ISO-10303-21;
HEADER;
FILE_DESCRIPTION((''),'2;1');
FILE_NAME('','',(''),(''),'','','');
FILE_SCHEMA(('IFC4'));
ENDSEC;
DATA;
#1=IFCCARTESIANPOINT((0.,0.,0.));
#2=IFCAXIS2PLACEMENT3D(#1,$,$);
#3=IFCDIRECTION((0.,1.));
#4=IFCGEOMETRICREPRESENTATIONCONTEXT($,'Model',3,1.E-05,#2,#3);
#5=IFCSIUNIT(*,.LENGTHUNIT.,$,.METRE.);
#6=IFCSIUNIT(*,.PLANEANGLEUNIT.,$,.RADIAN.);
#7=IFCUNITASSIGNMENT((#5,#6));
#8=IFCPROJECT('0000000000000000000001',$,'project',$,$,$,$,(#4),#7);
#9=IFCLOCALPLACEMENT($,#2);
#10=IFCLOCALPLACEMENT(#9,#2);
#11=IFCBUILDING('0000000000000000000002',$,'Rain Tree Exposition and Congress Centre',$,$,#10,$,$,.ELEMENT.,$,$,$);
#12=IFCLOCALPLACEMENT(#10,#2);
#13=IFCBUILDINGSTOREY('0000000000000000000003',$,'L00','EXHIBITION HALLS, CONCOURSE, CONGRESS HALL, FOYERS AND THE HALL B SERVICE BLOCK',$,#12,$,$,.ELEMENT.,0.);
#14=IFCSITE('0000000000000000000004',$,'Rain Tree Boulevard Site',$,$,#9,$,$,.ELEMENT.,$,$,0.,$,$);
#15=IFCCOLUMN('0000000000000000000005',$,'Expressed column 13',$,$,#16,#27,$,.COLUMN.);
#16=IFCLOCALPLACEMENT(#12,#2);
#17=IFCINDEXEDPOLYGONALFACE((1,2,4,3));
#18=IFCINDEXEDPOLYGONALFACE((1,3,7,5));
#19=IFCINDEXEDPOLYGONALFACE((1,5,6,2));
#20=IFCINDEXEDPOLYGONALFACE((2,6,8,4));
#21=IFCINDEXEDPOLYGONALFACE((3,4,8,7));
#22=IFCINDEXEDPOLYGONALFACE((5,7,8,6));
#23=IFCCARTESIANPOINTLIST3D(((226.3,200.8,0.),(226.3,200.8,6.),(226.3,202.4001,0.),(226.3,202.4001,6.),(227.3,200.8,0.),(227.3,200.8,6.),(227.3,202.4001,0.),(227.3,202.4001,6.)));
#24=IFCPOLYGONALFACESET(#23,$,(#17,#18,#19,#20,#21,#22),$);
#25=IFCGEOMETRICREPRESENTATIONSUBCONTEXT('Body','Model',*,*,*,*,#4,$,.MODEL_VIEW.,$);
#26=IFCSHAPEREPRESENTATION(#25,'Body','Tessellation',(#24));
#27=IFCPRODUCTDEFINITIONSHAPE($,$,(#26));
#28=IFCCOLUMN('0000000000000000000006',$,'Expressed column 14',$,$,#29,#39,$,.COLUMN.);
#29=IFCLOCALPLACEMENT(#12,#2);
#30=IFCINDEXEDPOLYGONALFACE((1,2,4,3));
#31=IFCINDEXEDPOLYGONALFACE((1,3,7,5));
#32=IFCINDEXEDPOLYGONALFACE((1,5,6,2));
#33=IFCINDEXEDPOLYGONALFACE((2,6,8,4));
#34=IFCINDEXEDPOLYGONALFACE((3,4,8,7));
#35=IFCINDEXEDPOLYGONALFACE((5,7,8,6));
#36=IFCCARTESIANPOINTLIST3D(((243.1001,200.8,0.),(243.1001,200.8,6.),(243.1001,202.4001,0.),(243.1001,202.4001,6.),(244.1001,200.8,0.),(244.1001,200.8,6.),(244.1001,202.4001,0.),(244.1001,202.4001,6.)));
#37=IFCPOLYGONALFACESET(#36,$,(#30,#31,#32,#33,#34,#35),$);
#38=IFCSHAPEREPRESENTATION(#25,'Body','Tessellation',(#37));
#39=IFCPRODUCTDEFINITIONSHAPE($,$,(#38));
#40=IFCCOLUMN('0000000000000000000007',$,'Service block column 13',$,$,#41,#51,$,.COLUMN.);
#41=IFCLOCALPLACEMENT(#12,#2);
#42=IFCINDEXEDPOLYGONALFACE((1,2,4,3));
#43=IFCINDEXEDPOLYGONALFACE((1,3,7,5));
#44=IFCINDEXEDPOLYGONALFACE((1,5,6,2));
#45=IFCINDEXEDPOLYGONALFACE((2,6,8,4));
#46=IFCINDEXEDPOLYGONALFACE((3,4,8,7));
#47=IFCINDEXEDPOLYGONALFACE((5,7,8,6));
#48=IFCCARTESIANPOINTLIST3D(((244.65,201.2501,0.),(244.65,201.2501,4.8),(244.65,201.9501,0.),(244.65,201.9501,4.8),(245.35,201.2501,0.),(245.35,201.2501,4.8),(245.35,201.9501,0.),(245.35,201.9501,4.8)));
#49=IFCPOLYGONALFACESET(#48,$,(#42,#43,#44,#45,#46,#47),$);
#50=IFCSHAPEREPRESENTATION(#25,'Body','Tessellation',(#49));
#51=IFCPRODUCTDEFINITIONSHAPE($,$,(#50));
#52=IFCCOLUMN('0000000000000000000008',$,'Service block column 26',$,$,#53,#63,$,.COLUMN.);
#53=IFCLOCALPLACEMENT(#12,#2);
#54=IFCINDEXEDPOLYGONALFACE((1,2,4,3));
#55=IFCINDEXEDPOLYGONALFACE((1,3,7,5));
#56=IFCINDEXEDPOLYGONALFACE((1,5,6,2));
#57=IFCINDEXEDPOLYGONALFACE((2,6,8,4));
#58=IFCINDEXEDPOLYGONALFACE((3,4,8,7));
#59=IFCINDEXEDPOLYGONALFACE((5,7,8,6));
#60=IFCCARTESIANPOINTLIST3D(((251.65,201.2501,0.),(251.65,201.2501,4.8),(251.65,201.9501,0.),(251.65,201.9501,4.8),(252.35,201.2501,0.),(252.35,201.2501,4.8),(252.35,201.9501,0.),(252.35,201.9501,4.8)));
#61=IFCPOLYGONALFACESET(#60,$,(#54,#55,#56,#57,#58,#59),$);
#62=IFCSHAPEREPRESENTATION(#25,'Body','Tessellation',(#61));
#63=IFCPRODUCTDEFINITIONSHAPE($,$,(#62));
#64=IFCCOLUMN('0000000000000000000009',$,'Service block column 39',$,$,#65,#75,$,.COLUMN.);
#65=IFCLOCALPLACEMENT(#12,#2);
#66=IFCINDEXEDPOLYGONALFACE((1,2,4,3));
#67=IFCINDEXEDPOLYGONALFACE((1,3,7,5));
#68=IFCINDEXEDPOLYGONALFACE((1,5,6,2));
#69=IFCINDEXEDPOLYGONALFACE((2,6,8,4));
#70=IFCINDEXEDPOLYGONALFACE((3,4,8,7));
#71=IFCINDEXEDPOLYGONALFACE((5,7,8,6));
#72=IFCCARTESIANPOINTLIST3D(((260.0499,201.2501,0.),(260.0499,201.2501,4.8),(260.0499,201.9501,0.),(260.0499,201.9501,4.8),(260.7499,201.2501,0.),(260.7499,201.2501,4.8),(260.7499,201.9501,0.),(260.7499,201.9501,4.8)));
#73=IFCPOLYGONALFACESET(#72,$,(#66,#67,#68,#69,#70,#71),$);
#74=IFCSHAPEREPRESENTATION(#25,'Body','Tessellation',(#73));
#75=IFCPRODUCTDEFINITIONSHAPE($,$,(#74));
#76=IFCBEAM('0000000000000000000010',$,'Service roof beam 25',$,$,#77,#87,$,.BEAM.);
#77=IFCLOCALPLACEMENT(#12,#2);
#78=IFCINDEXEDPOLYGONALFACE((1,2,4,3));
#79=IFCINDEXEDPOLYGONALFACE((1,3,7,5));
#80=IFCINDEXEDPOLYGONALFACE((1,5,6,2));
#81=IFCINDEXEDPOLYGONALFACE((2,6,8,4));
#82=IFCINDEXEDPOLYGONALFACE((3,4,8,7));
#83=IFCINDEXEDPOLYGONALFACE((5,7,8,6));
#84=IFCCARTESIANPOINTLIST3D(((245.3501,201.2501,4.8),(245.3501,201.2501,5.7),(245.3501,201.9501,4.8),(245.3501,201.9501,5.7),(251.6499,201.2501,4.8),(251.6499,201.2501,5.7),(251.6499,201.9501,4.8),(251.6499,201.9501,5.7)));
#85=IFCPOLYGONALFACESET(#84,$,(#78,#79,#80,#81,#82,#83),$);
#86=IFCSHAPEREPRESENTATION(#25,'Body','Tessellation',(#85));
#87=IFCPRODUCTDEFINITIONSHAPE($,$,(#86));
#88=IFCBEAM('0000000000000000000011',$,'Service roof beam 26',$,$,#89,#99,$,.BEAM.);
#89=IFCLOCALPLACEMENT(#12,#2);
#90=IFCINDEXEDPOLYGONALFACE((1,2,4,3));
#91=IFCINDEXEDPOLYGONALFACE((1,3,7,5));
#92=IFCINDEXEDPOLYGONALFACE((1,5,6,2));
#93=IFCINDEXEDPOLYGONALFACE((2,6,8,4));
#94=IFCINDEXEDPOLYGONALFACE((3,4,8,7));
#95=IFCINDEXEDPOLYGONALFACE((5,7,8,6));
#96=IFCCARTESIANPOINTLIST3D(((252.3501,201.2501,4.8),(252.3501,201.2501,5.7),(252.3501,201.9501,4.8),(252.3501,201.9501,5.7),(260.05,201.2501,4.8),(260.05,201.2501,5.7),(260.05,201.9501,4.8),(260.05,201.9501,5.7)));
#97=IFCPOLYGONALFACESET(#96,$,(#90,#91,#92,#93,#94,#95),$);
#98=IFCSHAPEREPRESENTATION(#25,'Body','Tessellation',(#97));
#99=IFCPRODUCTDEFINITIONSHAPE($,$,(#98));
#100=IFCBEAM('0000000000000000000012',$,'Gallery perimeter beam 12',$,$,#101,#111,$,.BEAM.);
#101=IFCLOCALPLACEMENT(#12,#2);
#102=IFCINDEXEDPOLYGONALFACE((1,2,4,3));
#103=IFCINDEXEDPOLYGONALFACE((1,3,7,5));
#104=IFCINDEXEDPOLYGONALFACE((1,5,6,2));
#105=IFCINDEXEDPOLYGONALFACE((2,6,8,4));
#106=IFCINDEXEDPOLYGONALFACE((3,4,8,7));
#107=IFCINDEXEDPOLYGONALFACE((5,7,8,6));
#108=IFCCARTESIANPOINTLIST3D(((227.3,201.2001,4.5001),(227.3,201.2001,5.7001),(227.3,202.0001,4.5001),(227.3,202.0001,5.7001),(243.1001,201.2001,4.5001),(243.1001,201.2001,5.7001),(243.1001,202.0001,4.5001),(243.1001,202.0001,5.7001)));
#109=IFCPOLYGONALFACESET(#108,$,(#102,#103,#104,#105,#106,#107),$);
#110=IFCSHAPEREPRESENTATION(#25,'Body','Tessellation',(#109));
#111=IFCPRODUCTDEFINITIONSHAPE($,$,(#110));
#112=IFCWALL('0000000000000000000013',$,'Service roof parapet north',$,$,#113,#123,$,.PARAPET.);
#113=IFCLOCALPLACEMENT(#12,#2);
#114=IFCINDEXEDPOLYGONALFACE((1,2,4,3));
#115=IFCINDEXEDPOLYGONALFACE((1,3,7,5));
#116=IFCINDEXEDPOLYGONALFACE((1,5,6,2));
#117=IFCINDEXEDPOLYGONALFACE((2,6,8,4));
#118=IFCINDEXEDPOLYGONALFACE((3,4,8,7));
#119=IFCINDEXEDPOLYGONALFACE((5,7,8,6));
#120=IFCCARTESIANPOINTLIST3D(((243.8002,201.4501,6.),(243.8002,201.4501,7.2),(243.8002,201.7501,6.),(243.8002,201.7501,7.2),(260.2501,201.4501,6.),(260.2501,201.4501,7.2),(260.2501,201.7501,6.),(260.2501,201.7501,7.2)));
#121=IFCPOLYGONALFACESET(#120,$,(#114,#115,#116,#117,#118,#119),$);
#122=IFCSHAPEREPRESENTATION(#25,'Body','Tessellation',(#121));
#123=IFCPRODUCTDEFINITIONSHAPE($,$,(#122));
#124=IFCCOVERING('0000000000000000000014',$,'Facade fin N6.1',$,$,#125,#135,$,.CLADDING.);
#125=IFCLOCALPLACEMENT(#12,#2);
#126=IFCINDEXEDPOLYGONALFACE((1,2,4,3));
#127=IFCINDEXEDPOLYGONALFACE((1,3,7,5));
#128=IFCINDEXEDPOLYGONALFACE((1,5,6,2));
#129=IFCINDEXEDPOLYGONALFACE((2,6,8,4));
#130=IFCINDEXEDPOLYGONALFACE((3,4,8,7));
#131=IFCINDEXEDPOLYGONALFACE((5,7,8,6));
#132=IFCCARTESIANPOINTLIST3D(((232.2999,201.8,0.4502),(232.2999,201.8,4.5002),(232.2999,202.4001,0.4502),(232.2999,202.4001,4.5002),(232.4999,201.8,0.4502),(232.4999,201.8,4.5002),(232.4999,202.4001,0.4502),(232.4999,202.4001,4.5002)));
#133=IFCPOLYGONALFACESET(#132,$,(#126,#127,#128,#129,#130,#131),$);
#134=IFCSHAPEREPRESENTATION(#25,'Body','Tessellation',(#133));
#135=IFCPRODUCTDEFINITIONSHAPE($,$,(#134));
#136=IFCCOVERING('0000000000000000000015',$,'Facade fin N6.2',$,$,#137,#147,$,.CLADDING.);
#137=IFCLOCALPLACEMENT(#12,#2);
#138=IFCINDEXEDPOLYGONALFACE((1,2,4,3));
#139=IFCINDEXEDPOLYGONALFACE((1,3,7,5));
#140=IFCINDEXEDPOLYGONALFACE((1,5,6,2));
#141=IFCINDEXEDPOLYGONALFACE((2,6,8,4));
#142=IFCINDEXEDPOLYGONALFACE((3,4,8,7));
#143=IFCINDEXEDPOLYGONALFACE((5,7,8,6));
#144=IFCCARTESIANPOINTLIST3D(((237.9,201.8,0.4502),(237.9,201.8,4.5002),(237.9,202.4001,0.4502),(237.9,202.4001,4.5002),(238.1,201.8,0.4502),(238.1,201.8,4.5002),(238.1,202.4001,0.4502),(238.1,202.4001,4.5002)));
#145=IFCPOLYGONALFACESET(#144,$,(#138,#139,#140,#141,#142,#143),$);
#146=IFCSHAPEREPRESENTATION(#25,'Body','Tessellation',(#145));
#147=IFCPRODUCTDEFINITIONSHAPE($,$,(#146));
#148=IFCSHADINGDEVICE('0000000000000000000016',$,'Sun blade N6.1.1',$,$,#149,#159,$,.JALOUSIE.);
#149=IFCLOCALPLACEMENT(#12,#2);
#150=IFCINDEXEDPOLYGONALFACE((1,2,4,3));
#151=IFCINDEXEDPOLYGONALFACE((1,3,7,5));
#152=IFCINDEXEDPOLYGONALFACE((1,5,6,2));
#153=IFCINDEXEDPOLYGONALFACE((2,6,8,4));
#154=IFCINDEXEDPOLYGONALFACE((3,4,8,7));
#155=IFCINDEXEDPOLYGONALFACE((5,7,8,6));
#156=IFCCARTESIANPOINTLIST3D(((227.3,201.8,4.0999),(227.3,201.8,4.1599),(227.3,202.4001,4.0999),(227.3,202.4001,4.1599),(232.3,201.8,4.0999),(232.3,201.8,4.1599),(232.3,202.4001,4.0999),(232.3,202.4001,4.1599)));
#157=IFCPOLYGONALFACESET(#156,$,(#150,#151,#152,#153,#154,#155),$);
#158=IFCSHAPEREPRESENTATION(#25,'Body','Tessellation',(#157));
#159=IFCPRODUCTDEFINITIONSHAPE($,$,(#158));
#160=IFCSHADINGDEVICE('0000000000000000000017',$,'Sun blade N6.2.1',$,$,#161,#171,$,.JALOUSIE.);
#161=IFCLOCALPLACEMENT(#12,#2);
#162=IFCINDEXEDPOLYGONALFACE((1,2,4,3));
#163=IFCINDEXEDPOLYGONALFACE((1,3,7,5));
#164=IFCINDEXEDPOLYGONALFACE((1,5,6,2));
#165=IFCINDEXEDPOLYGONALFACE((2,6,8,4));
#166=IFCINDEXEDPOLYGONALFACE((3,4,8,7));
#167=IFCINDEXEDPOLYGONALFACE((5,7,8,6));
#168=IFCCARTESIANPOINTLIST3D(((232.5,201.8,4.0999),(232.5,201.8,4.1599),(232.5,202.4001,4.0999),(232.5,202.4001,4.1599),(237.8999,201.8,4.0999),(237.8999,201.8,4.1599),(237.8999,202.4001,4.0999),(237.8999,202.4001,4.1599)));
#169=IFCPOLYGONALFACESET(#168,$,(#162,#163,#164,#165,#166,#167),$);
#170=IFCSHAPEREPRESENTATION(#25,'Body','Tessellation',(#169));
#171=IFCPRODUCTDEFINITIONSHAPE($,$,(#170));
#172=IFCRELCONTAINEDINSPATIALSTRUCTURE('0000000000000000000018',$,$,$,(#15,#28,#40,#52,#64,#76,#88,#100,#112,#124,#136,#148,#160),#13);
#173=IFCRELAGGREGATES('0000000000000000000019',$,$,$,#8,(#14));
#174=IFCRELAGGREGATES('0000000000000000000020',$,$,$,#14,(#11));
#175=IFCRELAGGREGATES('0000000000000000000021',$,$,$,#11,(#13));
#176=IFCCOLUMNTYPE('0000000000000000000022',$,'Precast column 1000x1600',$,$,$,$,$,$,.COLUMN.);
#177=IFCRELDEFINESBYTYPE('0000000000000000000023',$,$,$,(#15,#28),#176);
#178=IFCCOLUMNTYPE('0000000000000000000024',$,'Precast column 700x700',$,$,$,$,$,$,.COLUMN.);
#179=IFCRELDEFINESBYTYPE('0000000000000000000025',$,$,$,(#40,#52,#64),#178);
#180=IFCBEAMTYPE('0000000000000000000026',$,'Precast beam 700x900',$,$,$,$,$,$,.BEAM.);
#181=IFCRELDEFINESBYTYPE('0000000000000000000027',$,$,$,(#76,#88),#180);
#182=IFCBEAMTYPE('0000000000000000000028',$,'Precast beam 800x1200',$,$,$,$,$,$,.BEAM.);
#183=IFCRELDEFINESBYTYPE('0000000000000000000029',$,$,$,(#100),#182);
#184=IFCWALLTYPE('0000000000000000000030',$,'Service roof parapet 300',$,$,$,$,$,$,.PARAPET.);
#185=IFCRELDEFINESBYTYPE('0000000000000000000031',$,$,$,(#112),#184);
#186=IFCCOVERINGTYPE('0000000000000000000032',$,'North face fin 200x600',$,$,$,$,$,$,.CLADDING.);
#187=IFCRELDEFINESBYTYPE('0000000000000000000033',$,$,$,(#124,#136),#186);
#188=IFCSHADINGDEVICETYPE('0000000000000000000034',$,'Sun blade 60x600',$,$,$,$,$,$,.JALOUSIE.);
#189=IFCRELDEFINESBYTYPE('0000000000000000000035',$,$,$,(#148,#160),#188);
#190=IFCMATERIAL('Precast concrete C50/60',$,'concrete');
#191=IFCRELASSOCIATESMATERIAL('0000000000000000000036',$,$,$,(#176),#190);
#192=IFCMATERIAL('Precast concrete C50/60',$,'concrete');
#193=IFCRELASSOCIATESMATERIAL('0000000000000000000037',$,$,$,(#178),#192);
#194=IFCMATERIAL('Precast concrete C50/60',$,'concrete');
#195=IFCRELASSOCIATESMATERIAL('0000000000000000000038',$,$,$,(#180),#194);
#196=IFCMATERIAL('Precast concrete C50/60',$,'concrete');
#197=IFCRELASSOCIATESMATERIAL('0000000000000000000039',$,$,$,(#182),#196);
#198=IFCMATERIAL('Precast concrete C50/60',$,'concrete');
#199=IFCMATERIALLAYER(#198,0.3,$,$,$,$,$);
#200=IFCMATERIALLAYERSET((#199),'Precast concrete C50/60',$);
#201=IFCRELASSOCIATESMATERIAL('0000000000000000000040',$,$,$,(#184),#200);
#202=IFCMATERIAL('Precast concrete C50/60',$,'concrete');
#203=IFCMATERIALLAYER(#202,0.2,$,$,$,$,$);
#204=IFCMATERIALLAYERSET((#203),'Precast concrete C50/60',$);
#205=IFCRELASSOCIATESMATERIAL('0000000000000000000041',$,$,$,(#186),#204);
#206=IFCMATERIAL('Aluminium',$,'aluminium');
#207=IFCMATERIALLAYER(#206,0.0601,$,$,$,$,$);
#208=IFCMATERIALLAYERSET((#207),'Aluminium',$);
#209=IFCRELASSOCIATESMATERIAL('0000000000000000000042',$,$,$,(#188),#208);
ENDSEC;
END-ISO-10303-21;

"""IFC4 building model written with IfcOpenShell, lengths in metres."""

from ifc_helpers import new_model, si_unit, direction, frame, frame_2d, origin, origin_2d, place, context, subcontext, project, spatial, rectangle, extrude, material, layer, layer_set, material_profile, profile_set, type_object, element, save


model = new_model("IFC4")

# Units and contexts
model_context = context("Model", 3, precision=1e-05, world=origin(), true_north=direction((0.0, 1.0)))
body_context = subcontext(model_context, "Body", "Model", "MODEL_VIEW")
ifc_project = project(units=[si_unit("LENGTHUNIT", "METRE"), si_unit("PLANEANGLEUNIT", "RADIAN")], contexts=[model_context])

# Site, building, storey
site_placement = place(None, origin())
site = spatial("IfcSite", under=ifc_project, at=site_placement, Name="Rain Tree Boulevard Site", CompositionType="ELEMENT", RefElevation=0.0)
building_placement = place(site_placement, origin())
building = spatial("IfcBuilding", under=site, at=building_placement, Name="Rain Tree Exposition and Congress Centre", CompositionType="ELEMENT")
storey_placement = place(building_placement, origin())
storey = spatial("IfcBuildingStorey", under=building, at=storey_placement, Name="L00", Description="EXHIBITION HALLS, CONCOURSE, CONGRESS HALL, FOYERS AND THE HALL B SERVICE BLOCK", CompositionType="ELEMENT", Elevation=0.0)

# Columns
ifc_material_1 = material(Name="Precast concrete C50/60", Category="concrete")
ifc_material_profile_1 = material_profile(ifc_material_1, rectangle(XDim=1.0, YDim=1.6001, at=origin_2d()), Name="RC 1000x1600")
ifc_profile_set_1 = profile_set([ifc_material_profile_1], Name="Precast concrete C50/60")
column_type_1 = type_object("IfcColumnType", Name="Precast column 1000x1600", PredefinedType="COLUMN", material=ifc_profile_set_1)
for number, where, z_axis, x_axis, name in (
    (1, (226.8, 201.6001, 0.0), (0.0, 0.0, 1.0), (1.0, 0.0, 0.0), "Expressed column 13"),
    (2, (243.6001, 201.6001, 0.0), (0.0, 0.0, 1.0), (1.0, 0.0, 0.0), "Expressed column 14"),
):
    element("IfcColumn", number, at=place(storey_placement, frame(where, z_axis=z_axis, x_axis=x_axis)), inside=storey, type_object=column_type_1, Name=name, PredefinedType="COLUMN", context=body_context, shape_type="SweptSolid", body=[
        extrude(rectangle(XDim=1.0, YDim=1.6001, at=origin_2d()), origin(), (0.0, 0.0, 1.0), 6.0),
    ])
ifc_material_2 = material(Name="Precast concrete C50/60", Category="concrete")
ifc_material_profile_2 = material_profile(ifc_material_2, rectangle(XDim=0.7, YDim=0.7, at=origin_2d()), Name="RC 700x700")
ifc_profile_set_2 = profile_set([ifc_material_profile_2], Name="Precast concrete C50/60")
column_type_2 = type_object("IfcColumnType", Name="Precast column 700x700", PredefinedType="COLUMN", material=ifc_profile_set_2)
for number, where, z_axis, x_axis, name in (
    (3, (245.0, 201.6001, 0.0), (0.0, 0.0, 1.0), (1.0, 0.0, 0.0), "Service block column 13"),
    (4, (252.0, 201.6001, 0.0), (0.0, 0.0, 1.0), (1.0, 0.0, 0.0), "Service block column 26"),
    (5, (260.3999, 201.6001, 0.0), (0.0, 0.0, 1.0), (1.0, 0.0, 0.0), "Service block column 39"),
):
    element("IfcColumn", number, at=place(storey_placement, frame(where, z_axis=z_axis, x_axis=x_axis)), inside=storey, type_object=column_type_2, Name=name, PredefinedType="COLUMN", context=body_context, shape_type="SweptSolid", body=[
        extrude(rectangle(XDim=0.7, YDim=0.7, at=origin_2d()), origin(), (0.0, 0.0, 1.0), 4.8),
    ])

# Beams
ifc_material_3 = material(Name="Precast concrete C50/60", Category="concrete")
ifc_material_profile_3 = material_profile(ifc_material_3, rectangle(XDim=0.7, YDim=0.8999, at=origin_2d()), Name="RC 700x900")
ifc_profile_set_3 = profile_set([ifc_material_profile_3], Name="Precast concrete C50/60")
beam_type_1 = type_object("IfcBeamType", Name="Precast beam 700x900", PredefinedType="BEAM", material=ifc_profile_set_3)
beam_1_placement = place(storey_placement, frame((245.3501, 201.6001, 5.25), z_axis=(1.0, 0.0, 0.0), x_axis=(0.0, 1.0, 0.0)))
element("IfcBeam", 6, at=beam_1_placement, inside=storey, type_object=beam_type_1, Name="Service roof beam 25", PredefinedType="BEAM", context=body_context, shape_type="SweptSolid", body=[
    extrude(rectangle(XDim=0.7, YDim=0.8999, at=origin_2d()), origin(), (0.0, 0.0, 1.0), 6.2998),
])
beam_2_placement = place(storey_placement, frame((252.3501, 201.6001, 5.25), z_axis=(1.0, 0.0, 0.0), x_axis=(0.0, 1.0, 0.0)))
element("IfcBeam", 7, at=beam_2_placement, inside=storey, type_object=beam_type_1, Name="Service roof beam 26", PredefinedType="BEAM", context=body_context, shape_type="SweptSolid", body=[
    extrude(rectangle(XDim=0.7, YDim=0.8999, at=origin_2d()), origin(), (0.0, 0.0, 1.0), 7.7),
])
ifc_material_4 = material(Name="Precast concrete C50/60", Category="concrete")
ifc_material_profile_4 = material_profile(ifc_material_4, rectangle(XDim=0.8, YDim=1.2, at=origin_2d()), Name="RC 800x1200")
ifc_profile_set_4 = profile_set([ifc_material_profile_4], Name="Precast concrete C50/60")
beam_type_2 = type_object("IfcBeamType", Name="Precast beam 800x1200", PredefinedType="BEAM", material=ifc_profile_set_4)
beam_3_placement = place(storey_placement, frame((227.3, 201.6001, 5.1001), z_axis=(1.0, 0.0, 0.0), x_axis=(0.0, 1.0, 0.0)))
element("IfcBeam", 8, at=beam_3_placement, inside=storey, type_object=beam_type_2, Name="Gallery perimeter beam 12", PredefinedType="BEAM", context=body_context, shape_type="SweptSolid", body=[
    extrude(rectangle(XDim=0.8, YDim=1.2, at=origin_2d()), origin(), (0.0, 0.0, 1.0), 15.8),
])

# Wall
ifc_material_5 = material(Name="Precast concrete C50/60", Category="concrete")
ifc_layer_1 = layer(ifc_material_5, 0.3)
ifc_layer_set_1 = layer_set([ifc_layer_1], Name="Precast concrete C50/60")
wall_type_1 = type_object("IfcWallType", Name="Service roof parapet 300", PredefinedType="PARAPET", material=ifc_layer_set_1)
wall_1_placement = place(storey_placement, frame((243.8, 201.6001, 6.0), z_axis=(0.0, 0.0, 1.0), x_axis=(1.0, 0.0, 0.0)))
element("IfcWall", 9, at=wall_1_placement, inside=storey, type_object=wall_type_1, Name="Service roof parapet north", PredefinedType="PARAPET", context=body_context, shape_type="SweptSolid", body=[
    extrude(rectangle(XDim=16.45, YDim=0.3, at=frame_2d((8.2251, 0.0))), origin(), (0.0, 0.0, 1.0), 1.2),
])

# Coverings
ifc_material_6 = material(Name="Precast concrete C50/60", Category="concrete")
ifc_layer_2 = layer(ifc_material_6, 0.2)
ifc_layer_set_2 = layer_set([ifc_layer_2], Name="Precast concrete C50/60")
covering_type = type_object("IfcCoveringType", Name="North face fin 200x600", PredefinedType="CLADDING", material=ifc_layer_set_2)
for number, where, z_axis, x_axis, name in (
    (10, (232.3999, 202.1001, 0.4502), (0.0, 0.0, 1.0), (1.0, 0.0, 0.0), "Facade fin N6.1"),
    (11, (238.0, 202.1001, 0.4502), (0.0, 0.0, 1.0), (1.0, 0.0, 0.0), "Facade fin N6.2"),
):
    element("IfcCovering", number, at=place(storey_placement, frame(where, z_axis=z_axis, x_axis=x_axis)), inside=storey, type_object=covering_type, Name=name, PredefinedType="CLADDING", context=body_context, shape_type="SweptSolid", body=[
        extrude(rectangle(XDim=0.2, YDim=0.6001, at=origin_2d()), origin(), (0.0, 0.0, 1.0), 4.05),
    ])

# Shading devices
ifc_material_7 = material(Name="Aluminium", Category="aluminium")
ifc_layer_3 = layer(ifc_material_7, 0.0601)
ifc_layer_set_3 = layer_set([ifc_layer_3], Name="Aluminium")
shading_device_type = type_object("IfcShadingDeviceType", Name="Sun blade 60x600", PredefinedType="JALOUSIE", material=ifc_layer_set_3)
shading_device_1_placement = place(storey_placement, frame((229.8, 202.1001, 4.0999), z_axis=(0.0, 0.0, 1.0), x_axis=(1.0, 0.0, 0.0)))
element("IfcShadingDevice", 12, at=shading_device_1_placement, inside=storey, type_object=shading_device_type, Name="Sun blade N6.1.1", PredefinedType="JALOUSIE", context=body_context, shape_type="SweptSolid", body=[
    extrude(rectangle(XDim=5.0, YDim=0.6001, at=origin_2d()), origin(), (0.0, 0.0, 1.0), 0.0601),
])
shading_device_2_placement = place(storey_placement, frame((235.2, 202.1001, 4.0999), z_axis=(0.0, 0.0, 1.0), x_axis=(1.0, 0.0, 0.0)))
element("IfcShadingDevice", 13, at=shading_device_2_placement, inside=storey, type_object=shading_device_type, Name="Sun blade N6.2.1", PredefinedType="JALOUSIE", context=body_context, shape_type="SweptSolid", body=[
    extrude(rectangle(XDim=5.3999, YDim=0.6001, at=origin_2d()), origin(), (0.0, 0.0, 1.0), 0.0601),
])

save(model, "model.ifc")
